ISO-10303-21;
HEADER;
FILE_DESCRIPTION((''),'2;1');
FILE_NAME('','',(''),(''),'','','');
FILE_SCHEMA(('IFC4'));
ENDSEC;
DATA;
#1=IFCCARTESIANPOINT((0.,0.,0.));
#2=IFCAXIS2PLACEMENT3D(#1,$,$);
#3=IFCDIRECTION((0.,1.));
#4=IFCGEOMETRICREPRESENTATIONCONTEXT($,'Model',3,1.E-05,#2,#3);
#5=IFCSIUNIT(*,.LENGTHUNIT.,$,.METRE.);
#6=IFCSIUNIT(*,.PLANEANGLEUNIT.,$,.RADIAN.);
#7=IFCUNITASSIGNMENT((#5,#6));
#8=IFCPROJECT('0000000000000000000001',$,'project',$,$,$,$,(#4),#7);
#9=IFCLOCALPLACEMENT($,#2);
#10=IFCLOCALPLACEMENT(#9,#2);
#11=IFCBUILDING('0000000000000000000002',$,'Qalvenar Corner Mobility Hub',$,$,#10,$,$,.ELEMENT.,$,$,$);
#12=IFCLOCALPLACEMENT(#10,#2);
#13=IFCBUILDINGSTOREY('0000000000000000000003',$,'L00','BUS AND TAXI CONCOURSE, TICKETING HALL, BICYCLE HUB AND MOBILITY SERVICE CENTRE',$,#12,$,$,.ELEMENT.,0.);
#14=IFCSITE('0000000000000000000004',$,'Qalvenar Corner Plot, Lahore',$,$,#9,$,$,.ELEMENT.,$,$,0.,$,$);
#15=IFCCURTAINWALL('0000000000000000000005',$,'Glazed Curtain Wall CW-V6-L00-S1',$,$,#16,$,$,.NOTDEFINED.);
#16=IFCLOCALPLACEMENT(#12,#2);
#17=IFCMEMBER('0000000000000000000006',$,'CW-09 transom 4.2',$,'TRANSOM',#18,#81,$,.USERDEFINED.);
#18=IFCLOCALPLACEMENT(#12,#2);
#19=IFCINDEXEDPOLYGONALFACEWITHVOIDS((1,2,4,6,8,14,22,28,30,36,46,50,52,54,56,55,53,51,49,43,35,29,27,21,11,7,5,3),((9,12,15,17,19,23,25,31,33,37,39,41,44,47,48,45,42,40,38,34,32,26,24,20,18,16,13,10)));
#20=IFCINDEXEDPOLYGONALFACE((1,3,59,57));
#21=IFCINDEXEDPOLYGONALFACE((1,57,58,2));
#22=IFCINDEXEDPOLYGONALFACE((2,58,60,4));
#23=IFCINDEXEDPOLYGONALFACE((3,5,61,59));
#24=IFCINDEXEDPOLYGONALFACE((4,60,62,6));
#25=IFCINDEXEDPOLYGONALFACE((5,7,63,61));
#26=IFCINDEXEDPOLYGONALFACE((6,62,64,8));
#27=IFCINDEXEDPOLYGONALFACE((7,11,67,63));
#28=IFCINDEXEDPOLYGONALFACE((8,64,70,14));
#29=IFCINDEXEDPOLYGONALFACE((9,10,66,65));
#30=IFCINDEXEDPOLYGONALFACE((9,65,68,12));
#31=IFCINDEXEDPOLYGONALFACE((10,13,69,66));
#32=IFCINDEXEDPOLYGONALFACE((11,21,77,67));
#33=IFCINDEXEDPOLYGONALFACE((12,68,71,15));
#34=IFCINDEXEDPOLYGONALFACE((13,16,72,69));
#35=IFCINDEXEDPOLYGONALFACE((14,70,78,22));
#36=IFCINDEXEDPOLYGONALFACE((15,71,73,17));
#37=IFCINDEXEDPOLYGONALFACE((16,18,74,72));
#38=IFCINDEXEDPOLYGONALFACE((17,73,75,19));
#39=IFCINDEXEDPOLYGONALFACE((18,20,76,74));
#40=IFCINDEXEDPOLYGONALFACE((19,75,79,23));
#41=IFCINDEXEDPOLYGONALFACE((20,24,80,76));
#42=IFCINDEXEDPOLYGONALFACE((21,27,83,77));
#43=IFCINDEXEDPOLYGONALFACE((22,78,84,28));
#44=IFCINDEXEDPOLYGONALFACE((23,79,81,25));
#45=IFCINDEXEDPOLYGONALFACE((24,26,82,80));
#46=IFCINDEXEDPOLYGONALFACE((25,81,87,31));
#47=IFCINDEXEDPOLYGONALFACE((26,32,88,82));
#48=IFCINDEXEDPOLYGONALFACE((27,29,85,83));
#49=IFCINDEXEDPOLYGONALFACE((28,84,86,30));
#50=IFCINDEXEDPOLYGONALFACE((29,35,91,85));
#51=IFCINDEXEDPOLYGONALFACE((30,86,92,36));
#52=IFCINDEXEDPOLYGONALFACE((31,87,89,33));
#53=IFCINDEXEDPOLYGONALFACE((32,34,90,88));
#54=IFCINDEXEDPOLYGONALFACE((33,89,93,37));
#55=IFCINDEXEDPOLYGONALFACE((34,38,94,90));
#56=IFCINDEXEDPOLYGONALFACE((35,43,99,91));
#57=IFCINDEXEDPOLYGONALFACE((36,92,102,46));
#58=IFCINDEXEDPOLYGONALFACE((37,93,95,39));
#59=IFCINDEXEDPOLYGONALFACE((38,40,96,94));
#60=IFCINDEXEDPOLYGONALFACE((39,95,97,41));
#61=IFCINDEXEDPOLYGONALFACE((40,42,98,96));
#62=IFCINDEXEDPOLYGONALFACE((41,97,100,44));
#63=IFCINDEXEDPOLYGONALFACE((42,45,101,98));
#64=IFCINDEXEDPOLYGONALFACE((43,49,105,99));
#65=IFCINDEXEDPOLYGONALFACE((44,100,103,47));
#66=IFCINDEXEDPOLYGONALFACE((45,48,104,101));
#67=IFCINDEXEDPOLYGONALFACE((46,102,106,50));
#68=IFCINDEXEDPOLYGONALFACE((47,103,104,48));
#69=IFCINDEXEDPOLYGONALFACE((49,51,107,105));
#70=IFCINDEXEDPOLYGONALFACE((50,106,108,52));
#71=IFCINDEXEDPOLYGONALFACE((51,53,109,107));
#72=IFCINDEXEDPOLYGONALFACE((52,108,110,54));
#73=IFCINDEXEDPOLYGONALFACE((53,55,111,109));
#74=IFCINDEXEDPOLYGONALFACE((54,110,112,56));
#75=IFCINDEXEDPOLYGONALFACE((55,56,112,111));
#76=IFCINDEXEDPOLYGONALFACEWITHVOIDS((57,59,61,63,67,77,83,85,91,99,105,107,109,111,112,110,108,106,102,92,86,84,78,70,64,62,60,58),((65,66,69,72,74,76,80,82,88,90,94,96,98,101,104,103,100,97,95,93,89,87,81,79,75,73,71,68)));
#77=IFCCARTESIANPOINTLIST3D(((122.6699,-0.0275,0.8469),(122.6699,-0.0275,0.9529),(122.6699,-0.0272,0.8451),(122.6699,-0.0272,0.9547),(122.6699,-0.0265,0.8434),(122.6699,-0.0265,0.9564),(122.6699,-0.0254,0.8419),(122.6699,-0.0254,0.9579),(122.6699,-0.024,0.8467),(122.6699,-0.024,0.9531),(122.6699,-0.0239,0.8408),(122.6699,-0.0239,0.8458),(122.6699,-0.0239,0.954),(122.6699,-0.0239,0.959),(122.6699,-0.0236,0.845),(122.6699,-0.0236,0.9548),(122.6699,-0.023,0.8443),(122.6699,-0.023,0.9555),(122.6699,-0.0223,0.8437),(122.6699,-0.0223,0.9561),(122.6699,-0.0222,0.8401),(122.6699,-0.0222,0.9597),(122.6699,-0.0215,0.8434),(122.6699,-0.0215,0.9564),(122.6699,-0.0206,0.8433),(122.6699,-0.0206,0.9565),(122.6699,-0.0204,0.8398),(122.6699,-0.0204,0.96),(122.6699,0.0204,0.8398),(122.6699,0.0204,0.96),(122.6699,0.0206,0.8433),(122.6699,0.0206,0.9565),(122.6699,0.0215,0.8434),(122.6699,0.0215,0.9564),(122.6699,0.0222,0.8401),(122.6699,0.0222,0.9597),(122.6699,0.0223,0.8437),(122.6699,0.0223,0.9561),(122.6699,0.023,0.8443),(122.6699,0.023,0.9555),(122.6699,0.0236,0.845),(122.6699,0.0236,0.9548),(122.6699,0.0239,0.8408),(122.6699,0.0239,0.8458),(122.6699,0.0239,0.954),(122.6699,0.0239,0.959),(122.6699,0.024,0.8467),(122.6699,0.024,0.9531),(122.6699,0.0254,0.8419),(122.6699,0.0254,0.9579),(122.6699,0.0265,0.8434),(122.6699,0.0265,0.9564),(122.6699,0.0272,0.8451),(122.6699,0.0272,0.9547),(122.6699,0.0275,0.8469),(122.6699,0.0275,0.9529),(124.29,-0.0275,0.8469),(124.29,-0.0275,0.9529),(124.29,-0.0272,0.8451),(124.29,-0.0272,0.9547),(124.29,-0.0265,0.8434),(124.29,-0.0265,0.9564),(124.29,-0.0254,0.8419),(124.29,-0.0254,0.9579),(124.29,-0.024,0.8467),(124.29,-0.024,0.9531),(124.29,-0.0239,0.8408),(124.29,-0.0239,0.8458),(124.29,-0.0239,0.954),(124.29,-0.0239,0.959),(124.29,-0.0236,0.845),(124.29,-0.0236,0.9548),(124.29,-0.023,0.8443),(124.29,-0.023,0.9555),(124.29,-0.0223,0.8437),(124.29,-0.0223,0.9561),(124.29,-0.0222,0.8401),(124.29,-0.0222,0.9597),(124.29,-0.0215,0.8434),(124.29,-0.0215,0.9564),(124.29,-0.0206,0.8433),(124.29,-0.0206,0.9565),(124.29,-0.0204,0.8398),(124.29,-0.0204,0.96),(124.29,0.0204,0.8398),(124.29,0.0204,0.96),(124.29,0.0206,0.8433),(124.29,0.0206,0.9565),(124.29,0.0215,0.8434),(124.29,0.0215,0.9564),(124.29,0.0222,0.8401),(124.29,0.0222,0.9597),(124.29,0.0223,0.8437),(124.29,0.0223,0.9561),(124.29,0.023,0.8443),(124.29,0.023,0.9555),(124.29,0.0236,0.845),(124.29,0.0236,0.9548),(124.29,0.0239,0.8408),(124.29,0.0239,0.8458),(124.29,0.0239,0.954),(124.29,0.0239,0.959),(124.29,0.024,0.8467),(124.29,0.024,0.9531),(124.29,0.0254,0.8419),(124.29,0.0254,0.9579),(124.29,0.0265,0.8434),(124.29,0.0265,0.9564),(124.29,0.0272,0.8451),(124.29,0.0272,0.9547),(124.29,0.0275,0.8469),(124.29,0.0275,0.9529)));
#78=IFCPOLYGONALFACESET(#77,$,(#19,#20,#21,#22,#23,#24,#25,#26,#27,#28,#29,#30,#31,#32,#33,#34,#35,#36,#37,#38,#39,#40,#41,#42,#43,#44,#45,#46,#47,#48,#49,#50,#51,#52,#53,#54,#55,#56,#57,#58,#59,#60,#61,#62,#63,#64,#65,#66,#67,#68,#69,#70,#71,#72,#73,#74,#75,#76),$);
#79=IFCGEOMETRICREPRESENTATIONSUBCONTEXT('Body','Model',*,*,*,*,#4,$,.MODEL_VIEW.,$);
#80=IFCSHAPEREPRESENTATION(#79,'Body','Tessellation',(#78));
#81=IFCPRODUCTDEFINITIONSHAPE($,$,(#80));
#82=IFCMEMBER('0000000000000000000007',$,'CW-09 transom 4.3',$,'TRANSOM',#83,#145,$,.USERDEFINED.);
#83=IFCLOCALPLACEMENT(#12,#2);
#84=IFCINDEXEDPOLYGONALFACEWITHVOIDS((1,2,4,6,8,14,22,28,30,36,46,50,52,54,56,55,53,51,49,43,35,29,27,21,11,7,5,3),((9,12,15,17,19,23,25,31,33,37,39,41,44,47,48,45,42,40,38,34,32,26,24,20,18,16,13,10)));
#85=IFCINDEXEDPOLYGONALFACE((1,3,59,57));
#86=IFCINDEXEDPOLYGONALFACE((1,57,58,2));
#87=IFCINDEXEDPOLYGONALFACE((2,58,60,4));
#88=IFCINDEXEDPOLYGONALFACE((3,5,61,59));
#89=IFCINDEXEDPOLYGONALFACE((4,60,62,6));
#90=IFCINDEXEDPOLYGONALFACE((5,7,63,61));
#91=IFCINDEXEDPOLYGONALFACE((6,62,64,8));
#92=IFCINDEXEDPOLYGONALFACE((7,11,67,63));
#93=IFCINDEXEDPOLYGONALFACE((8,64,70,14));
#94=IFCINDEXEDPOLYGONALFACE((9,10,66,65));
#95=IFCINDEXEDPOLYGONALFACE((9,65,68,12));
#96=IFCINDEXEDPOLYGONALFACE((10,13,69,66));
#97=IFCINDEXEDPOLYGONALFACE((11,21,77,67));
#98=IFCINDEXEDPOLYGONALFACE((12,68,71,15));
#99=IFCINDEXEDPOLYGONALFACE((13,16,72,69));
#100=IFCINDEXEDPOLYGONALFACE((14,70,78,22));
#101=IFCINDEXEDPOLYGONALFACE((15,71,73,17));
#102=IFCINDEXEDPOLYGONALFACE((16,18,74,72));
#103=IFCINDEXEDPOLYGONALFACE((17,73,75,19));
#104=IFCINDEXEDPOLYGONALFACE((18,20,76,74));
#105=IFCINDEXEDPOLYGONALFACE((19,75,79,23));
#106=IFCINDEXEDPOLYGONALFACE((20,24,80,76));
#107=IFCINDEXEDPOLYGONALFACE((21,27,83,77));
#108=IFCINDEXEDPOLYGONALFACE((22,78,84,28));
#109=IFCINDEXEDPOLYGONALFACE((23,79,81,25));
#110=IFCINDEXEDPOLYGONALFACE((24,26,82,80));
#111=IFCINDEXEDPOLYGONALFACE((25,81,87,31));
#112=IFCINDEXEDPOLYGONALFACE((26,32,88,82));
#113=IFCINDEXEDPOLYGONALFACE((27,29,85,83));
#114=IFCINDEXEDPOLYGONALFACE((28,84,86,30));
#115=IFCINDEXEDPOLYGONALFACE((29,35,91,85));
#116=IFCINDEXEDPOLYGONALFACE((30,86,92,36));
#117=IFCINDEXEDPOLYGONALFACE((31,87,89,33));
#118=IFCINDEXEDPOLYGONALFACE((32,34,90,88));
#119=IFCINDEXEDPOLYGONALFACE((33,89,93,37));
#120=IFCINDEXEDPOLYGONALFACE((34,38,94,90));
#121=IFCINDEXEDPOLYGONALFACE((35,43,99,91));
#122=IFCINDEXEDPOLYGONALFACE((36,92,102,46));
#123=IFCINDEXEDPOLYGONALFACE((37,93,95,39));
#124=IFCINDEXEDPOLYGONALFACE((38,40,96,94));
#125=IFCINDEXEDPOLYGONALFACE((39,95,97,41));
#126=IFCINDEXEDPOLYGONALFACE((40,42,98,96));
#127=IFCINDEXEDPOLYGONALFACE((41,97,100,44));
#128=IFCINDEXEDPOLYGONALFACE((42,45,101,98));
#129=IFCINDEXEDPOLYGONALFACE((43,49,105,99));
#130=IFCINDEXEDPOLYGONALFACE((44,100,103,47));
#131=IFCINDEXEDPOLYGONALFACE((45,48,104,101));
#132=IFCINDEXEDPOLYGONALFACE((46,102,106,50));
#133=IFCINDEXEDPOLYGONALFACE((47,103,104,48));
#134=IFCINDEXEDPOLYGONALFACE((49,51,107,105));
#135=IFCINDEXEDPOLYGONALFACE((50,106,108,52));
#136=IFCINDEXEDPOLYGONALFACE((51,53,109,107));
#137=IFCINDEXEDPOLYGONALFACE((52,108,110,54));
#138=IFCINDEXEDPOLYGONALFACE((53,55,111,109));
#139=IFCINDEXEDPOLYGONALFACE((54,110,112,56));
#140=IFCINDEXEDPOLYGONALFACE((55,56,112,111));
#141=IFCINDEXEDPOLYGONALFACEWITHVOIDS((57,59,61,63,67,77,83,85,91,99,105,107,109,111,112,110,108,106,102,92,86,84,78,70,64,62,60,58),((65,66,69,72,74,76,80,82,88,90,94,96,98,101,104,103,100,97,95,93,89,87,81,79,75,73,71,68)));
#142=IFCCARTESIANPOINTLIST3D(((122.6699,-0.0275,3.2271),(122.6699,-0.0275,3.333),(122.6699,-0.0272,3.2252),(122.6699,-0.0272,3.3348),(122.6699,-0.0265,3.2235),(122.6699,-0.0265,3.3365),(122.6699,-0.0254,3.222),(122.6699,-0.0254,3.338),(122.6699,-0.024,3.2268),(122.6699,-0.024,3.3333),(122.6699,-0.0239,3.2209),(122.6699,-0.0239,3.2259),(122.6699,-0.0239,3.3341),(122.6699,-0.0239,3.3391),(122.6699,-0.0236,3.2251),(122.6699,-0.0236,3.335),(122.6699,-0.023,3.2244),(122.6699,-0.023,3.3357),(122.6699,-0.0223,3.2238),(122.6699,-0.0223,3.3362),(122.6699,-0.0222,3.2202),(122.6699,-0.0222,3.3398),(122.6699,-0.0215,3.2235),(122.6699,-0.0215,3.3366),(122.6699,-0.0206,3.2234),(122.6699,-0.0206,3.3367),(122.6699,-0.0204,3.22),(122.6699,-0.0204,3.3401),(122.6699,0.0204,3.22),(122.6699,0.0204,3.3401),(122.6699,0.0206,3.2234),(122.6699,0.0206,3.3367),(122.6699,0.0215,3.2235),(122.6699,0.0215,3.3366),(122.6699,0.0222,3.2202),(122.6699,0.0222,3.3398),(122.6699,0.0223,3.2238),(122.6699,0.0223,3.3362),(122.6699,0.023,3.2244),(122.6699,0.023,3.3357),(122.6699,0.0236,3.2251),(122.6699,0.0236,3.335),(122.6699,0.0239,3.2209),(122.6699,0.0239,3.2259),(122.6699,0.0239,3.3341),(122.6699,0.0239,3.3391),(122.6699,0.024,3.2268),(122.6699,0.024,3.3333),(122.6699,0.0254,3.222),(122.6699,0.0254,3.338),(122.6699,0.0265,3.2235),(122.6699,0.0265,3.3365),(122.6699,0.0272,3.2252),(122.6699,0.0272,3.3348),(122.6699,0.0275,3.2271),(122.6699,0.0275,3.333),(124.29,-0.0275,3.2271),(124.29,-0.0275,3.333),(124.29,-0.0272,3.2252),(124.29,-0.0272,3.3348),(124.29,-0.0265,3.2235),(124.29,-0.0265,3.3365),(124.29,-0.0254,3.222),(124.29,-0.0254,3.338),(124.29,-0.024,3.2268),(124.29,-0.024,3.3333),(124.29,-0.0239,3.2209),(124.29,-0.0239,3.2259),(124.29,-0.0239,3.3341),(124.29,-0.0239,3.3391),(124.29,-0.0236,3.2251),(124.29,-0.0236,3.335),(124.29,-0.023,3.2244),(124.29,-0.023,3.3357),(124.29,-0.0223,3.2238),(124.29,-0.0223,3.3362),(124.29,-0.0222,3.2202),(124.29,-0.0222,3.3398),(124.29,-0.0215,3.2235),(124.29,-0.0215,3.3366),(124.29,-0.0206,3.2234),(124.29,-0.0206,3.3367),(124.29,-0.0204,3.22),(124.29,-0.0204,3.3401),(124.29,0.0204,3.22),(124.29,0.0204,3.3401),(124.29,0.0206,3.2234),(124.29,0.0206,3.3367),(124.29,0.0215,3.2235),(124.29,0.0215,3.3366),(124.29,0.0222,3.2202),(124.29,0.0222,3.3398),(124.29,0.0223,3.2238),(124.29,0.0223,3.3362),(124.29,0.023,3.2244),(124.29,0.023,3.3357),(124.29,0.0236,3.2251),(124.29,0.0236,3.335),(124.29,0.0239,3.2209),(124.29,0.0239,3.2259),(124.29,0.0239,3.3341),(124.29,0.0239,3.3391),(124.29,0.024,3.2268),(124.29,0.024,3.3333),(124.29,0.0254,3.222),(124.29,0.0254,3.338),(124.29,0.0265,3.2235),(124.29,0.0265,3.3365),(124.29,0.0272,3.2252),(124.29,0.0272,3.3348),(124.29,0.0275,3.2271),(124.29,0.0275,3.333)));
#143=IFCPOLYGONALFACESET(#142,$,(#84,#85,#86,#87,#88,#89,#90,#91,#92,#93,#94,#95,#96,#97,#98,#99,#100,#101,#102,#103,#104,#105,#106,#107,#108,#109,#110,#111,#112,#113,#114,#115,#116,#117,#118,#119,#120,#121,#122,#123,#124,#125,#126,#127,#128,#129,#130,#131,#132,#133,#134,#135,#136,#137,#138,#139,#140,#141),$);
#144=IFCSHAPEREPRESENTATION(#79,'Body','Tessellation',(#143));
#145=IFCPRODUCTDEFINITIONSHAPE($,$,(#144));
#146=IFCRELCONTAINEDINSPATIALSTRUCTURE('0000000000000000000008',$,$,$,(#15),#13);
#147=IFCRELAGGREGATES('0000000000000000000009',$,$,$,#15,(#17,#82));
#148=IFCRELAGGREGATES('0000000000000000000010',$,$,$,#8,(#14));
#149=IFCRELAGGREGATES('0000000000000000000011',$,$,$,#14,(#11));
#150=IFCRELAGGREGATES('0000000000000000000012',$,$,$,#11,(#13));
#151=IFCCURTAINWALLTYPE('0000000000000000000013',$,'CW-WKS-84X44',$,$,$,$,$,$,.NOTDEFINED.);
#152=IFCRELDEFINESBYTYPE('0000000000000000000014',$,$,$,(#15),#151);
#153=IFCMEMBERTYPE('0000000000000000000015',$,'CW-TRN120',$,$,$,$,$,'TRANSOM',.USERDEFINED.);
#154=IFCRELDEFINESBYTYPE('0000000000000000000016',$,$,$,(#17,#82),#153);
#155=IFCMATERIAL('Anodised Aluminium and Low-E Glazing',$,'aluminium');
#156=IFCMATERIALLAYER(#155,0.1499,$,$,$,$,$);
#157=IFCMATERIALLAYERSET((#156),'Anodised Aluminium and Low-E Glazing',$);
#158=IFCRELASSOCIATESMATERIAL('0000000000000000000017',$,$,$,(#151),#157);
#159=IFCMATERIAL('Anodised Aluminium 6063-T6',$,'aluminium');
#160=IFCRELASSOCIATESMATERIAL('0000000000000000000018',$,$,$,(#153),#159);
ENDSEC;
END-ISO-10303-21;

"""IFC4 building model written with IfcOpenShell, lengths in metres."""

from ifc_helpers import new_model, si_unit, direction, frame, origin, origin_2d, place, context, subcontext, project, spatial, hollow_rectangle, extrude, material, layer, layer_set, material_profile, profile_set, type_object, element, aggregate, save


model = new_model("IFC4")

# Units and contexts
model_context = context("Model", 3, precision=1e-05, world=origin(), true_north=direction((0.0, 1.0)))
body_context = subcontext(model_context, "Body", "Model", "MODEL_VIEW")
ifc_project = project(units=[si_unit("LENGTHUNIT", "METRE"), si_unit("PLANEANGLEUNIT", "RADIAN")], contexts=[model_context])

# Site, building, storey
site_placement = place(None, origin())
site = spatial("IfcSite", under=ifc_project, at=site_placement, Name="Qalvenar Corner Plot, Lahore", CompositionType="ELEMENT", RefElevation=0.0)
building_placement = place(site_placement, origin())
building = spatial("IfcBuilding", under=site, at=building_placement, Name="Qalvenar Corner Mobility Hub", CompositionType="ELEMENT")
storey_placement = place(building_placement, origin())
storey = spatial("IfcBuildingStorey", under=building, at=storey_placement, Name="L00", Description="BUS AND TAXI CONCOURSE, TICKETING HALL, BICYCLE HUB AND MOBILITY SERVICE CENTRE", CompositionType="ELEMENT", Elevation=0.0)

# Curtain wall, members
ifc_material_1 = material(Name="Anodised Aluminium and Low-E Glazing", Category="aluminium")
ifc_layer_1 = layer(ifc_material_1, 0.1499)
ifc_layer_set_1 = layer_set([ifc_layer_1], Name="Anodised Aluminium and Low-E Glazing")
curtain_wall_type = type_object("IfcCurtainWallType", Name="CW-WKS-84X44", PredefinedType="NOTDEFINED", material=ifc_layer_set_1)
curtain_wall_placement = place(storey_placement, origin())
curtain_wall = element("IfcCurtainWall", 1, at=curtain_wall_placement, inside=storey, type_object=curtain_wall_type, Name="Glazed Curtain Wall CW-V6-L00-S1", PredefinedType="NOTDEFINED")
ifc_material_2 = material(Name="Anodised Aluminium 6063-T6", Category="aluminium")
ifc_material_profile_1 = material_profile(ifc_material_2, hollow_rectangle(XDim=0.0549, YDim=0.1201, WallThickness=0.0034, InnerFilletRadius=0.0034, OuterFilletRadius=0.0071, at=origin_2d()), Name="RHS120x55x3.5")
ifc_profile_set_1 = profile_set([ifc_material_profile_1], Name="Anodised Aluminium 6063-T6")
member_type_1 = type_object("IfcMemberType", Name="CW-TRN120", ElementType="TRANSOM", PredefinedType="USERDEFINED", material=ifc_profile_set_1)
member_1_placement = place(storey_placement, frame((122.6699, 0.0, 0.8999), z_axis=(1.0, 0.0, 0.0), x_axis=(0.0, 1.0, 0.0)))
member_1 = element("IfcMember", 2, at=member_1_placement, type_object=member_type_1, Name="CW-09 transom 4.2", ObjectType="TRANSOM", PredefinedType="USERDEFINED", context=body_context, shape_type="SweptSolid", body=[
    extrude(hollow_rectangle(XDim=0.0549, YDim=0.1201, WallThickness=0.0034, InnerFilletRadius=0.0034, OuterFilletRadius=0.0071, at=origin_2d()), origin(), (0.0, 0.0, 1.0), 1.6201),
])
member_2_placement = place(storey_placement, frame((122.6699, 0.0, 3.28), z_axis=(1.0, 0.0, 0.0), x_axis=(0.0, 1.0, 0.0)))
member_2 = element("IfcMember", 3, at=member_2_placement, type_object=member_type_1, Name="CW-09 transom 4.3", ObjectType="TRANSOM", PredefinedType="USERDEFINED", context=body_context, shape_type="SweptSolid", body=[
    extrude(hollow_rectangle(XDim=0.0549, YDim=0.1201, WallThickness=0.0034, InnerFilletRadius=0.0034, OuterFilletRadius=0.0071, at=origin_2d()), origin(), (0.0, 0.0, 1.0), 1.6201),
])
aggregate(curtain_wall, [member_1, member_2])

save(model, "model.ifc")
